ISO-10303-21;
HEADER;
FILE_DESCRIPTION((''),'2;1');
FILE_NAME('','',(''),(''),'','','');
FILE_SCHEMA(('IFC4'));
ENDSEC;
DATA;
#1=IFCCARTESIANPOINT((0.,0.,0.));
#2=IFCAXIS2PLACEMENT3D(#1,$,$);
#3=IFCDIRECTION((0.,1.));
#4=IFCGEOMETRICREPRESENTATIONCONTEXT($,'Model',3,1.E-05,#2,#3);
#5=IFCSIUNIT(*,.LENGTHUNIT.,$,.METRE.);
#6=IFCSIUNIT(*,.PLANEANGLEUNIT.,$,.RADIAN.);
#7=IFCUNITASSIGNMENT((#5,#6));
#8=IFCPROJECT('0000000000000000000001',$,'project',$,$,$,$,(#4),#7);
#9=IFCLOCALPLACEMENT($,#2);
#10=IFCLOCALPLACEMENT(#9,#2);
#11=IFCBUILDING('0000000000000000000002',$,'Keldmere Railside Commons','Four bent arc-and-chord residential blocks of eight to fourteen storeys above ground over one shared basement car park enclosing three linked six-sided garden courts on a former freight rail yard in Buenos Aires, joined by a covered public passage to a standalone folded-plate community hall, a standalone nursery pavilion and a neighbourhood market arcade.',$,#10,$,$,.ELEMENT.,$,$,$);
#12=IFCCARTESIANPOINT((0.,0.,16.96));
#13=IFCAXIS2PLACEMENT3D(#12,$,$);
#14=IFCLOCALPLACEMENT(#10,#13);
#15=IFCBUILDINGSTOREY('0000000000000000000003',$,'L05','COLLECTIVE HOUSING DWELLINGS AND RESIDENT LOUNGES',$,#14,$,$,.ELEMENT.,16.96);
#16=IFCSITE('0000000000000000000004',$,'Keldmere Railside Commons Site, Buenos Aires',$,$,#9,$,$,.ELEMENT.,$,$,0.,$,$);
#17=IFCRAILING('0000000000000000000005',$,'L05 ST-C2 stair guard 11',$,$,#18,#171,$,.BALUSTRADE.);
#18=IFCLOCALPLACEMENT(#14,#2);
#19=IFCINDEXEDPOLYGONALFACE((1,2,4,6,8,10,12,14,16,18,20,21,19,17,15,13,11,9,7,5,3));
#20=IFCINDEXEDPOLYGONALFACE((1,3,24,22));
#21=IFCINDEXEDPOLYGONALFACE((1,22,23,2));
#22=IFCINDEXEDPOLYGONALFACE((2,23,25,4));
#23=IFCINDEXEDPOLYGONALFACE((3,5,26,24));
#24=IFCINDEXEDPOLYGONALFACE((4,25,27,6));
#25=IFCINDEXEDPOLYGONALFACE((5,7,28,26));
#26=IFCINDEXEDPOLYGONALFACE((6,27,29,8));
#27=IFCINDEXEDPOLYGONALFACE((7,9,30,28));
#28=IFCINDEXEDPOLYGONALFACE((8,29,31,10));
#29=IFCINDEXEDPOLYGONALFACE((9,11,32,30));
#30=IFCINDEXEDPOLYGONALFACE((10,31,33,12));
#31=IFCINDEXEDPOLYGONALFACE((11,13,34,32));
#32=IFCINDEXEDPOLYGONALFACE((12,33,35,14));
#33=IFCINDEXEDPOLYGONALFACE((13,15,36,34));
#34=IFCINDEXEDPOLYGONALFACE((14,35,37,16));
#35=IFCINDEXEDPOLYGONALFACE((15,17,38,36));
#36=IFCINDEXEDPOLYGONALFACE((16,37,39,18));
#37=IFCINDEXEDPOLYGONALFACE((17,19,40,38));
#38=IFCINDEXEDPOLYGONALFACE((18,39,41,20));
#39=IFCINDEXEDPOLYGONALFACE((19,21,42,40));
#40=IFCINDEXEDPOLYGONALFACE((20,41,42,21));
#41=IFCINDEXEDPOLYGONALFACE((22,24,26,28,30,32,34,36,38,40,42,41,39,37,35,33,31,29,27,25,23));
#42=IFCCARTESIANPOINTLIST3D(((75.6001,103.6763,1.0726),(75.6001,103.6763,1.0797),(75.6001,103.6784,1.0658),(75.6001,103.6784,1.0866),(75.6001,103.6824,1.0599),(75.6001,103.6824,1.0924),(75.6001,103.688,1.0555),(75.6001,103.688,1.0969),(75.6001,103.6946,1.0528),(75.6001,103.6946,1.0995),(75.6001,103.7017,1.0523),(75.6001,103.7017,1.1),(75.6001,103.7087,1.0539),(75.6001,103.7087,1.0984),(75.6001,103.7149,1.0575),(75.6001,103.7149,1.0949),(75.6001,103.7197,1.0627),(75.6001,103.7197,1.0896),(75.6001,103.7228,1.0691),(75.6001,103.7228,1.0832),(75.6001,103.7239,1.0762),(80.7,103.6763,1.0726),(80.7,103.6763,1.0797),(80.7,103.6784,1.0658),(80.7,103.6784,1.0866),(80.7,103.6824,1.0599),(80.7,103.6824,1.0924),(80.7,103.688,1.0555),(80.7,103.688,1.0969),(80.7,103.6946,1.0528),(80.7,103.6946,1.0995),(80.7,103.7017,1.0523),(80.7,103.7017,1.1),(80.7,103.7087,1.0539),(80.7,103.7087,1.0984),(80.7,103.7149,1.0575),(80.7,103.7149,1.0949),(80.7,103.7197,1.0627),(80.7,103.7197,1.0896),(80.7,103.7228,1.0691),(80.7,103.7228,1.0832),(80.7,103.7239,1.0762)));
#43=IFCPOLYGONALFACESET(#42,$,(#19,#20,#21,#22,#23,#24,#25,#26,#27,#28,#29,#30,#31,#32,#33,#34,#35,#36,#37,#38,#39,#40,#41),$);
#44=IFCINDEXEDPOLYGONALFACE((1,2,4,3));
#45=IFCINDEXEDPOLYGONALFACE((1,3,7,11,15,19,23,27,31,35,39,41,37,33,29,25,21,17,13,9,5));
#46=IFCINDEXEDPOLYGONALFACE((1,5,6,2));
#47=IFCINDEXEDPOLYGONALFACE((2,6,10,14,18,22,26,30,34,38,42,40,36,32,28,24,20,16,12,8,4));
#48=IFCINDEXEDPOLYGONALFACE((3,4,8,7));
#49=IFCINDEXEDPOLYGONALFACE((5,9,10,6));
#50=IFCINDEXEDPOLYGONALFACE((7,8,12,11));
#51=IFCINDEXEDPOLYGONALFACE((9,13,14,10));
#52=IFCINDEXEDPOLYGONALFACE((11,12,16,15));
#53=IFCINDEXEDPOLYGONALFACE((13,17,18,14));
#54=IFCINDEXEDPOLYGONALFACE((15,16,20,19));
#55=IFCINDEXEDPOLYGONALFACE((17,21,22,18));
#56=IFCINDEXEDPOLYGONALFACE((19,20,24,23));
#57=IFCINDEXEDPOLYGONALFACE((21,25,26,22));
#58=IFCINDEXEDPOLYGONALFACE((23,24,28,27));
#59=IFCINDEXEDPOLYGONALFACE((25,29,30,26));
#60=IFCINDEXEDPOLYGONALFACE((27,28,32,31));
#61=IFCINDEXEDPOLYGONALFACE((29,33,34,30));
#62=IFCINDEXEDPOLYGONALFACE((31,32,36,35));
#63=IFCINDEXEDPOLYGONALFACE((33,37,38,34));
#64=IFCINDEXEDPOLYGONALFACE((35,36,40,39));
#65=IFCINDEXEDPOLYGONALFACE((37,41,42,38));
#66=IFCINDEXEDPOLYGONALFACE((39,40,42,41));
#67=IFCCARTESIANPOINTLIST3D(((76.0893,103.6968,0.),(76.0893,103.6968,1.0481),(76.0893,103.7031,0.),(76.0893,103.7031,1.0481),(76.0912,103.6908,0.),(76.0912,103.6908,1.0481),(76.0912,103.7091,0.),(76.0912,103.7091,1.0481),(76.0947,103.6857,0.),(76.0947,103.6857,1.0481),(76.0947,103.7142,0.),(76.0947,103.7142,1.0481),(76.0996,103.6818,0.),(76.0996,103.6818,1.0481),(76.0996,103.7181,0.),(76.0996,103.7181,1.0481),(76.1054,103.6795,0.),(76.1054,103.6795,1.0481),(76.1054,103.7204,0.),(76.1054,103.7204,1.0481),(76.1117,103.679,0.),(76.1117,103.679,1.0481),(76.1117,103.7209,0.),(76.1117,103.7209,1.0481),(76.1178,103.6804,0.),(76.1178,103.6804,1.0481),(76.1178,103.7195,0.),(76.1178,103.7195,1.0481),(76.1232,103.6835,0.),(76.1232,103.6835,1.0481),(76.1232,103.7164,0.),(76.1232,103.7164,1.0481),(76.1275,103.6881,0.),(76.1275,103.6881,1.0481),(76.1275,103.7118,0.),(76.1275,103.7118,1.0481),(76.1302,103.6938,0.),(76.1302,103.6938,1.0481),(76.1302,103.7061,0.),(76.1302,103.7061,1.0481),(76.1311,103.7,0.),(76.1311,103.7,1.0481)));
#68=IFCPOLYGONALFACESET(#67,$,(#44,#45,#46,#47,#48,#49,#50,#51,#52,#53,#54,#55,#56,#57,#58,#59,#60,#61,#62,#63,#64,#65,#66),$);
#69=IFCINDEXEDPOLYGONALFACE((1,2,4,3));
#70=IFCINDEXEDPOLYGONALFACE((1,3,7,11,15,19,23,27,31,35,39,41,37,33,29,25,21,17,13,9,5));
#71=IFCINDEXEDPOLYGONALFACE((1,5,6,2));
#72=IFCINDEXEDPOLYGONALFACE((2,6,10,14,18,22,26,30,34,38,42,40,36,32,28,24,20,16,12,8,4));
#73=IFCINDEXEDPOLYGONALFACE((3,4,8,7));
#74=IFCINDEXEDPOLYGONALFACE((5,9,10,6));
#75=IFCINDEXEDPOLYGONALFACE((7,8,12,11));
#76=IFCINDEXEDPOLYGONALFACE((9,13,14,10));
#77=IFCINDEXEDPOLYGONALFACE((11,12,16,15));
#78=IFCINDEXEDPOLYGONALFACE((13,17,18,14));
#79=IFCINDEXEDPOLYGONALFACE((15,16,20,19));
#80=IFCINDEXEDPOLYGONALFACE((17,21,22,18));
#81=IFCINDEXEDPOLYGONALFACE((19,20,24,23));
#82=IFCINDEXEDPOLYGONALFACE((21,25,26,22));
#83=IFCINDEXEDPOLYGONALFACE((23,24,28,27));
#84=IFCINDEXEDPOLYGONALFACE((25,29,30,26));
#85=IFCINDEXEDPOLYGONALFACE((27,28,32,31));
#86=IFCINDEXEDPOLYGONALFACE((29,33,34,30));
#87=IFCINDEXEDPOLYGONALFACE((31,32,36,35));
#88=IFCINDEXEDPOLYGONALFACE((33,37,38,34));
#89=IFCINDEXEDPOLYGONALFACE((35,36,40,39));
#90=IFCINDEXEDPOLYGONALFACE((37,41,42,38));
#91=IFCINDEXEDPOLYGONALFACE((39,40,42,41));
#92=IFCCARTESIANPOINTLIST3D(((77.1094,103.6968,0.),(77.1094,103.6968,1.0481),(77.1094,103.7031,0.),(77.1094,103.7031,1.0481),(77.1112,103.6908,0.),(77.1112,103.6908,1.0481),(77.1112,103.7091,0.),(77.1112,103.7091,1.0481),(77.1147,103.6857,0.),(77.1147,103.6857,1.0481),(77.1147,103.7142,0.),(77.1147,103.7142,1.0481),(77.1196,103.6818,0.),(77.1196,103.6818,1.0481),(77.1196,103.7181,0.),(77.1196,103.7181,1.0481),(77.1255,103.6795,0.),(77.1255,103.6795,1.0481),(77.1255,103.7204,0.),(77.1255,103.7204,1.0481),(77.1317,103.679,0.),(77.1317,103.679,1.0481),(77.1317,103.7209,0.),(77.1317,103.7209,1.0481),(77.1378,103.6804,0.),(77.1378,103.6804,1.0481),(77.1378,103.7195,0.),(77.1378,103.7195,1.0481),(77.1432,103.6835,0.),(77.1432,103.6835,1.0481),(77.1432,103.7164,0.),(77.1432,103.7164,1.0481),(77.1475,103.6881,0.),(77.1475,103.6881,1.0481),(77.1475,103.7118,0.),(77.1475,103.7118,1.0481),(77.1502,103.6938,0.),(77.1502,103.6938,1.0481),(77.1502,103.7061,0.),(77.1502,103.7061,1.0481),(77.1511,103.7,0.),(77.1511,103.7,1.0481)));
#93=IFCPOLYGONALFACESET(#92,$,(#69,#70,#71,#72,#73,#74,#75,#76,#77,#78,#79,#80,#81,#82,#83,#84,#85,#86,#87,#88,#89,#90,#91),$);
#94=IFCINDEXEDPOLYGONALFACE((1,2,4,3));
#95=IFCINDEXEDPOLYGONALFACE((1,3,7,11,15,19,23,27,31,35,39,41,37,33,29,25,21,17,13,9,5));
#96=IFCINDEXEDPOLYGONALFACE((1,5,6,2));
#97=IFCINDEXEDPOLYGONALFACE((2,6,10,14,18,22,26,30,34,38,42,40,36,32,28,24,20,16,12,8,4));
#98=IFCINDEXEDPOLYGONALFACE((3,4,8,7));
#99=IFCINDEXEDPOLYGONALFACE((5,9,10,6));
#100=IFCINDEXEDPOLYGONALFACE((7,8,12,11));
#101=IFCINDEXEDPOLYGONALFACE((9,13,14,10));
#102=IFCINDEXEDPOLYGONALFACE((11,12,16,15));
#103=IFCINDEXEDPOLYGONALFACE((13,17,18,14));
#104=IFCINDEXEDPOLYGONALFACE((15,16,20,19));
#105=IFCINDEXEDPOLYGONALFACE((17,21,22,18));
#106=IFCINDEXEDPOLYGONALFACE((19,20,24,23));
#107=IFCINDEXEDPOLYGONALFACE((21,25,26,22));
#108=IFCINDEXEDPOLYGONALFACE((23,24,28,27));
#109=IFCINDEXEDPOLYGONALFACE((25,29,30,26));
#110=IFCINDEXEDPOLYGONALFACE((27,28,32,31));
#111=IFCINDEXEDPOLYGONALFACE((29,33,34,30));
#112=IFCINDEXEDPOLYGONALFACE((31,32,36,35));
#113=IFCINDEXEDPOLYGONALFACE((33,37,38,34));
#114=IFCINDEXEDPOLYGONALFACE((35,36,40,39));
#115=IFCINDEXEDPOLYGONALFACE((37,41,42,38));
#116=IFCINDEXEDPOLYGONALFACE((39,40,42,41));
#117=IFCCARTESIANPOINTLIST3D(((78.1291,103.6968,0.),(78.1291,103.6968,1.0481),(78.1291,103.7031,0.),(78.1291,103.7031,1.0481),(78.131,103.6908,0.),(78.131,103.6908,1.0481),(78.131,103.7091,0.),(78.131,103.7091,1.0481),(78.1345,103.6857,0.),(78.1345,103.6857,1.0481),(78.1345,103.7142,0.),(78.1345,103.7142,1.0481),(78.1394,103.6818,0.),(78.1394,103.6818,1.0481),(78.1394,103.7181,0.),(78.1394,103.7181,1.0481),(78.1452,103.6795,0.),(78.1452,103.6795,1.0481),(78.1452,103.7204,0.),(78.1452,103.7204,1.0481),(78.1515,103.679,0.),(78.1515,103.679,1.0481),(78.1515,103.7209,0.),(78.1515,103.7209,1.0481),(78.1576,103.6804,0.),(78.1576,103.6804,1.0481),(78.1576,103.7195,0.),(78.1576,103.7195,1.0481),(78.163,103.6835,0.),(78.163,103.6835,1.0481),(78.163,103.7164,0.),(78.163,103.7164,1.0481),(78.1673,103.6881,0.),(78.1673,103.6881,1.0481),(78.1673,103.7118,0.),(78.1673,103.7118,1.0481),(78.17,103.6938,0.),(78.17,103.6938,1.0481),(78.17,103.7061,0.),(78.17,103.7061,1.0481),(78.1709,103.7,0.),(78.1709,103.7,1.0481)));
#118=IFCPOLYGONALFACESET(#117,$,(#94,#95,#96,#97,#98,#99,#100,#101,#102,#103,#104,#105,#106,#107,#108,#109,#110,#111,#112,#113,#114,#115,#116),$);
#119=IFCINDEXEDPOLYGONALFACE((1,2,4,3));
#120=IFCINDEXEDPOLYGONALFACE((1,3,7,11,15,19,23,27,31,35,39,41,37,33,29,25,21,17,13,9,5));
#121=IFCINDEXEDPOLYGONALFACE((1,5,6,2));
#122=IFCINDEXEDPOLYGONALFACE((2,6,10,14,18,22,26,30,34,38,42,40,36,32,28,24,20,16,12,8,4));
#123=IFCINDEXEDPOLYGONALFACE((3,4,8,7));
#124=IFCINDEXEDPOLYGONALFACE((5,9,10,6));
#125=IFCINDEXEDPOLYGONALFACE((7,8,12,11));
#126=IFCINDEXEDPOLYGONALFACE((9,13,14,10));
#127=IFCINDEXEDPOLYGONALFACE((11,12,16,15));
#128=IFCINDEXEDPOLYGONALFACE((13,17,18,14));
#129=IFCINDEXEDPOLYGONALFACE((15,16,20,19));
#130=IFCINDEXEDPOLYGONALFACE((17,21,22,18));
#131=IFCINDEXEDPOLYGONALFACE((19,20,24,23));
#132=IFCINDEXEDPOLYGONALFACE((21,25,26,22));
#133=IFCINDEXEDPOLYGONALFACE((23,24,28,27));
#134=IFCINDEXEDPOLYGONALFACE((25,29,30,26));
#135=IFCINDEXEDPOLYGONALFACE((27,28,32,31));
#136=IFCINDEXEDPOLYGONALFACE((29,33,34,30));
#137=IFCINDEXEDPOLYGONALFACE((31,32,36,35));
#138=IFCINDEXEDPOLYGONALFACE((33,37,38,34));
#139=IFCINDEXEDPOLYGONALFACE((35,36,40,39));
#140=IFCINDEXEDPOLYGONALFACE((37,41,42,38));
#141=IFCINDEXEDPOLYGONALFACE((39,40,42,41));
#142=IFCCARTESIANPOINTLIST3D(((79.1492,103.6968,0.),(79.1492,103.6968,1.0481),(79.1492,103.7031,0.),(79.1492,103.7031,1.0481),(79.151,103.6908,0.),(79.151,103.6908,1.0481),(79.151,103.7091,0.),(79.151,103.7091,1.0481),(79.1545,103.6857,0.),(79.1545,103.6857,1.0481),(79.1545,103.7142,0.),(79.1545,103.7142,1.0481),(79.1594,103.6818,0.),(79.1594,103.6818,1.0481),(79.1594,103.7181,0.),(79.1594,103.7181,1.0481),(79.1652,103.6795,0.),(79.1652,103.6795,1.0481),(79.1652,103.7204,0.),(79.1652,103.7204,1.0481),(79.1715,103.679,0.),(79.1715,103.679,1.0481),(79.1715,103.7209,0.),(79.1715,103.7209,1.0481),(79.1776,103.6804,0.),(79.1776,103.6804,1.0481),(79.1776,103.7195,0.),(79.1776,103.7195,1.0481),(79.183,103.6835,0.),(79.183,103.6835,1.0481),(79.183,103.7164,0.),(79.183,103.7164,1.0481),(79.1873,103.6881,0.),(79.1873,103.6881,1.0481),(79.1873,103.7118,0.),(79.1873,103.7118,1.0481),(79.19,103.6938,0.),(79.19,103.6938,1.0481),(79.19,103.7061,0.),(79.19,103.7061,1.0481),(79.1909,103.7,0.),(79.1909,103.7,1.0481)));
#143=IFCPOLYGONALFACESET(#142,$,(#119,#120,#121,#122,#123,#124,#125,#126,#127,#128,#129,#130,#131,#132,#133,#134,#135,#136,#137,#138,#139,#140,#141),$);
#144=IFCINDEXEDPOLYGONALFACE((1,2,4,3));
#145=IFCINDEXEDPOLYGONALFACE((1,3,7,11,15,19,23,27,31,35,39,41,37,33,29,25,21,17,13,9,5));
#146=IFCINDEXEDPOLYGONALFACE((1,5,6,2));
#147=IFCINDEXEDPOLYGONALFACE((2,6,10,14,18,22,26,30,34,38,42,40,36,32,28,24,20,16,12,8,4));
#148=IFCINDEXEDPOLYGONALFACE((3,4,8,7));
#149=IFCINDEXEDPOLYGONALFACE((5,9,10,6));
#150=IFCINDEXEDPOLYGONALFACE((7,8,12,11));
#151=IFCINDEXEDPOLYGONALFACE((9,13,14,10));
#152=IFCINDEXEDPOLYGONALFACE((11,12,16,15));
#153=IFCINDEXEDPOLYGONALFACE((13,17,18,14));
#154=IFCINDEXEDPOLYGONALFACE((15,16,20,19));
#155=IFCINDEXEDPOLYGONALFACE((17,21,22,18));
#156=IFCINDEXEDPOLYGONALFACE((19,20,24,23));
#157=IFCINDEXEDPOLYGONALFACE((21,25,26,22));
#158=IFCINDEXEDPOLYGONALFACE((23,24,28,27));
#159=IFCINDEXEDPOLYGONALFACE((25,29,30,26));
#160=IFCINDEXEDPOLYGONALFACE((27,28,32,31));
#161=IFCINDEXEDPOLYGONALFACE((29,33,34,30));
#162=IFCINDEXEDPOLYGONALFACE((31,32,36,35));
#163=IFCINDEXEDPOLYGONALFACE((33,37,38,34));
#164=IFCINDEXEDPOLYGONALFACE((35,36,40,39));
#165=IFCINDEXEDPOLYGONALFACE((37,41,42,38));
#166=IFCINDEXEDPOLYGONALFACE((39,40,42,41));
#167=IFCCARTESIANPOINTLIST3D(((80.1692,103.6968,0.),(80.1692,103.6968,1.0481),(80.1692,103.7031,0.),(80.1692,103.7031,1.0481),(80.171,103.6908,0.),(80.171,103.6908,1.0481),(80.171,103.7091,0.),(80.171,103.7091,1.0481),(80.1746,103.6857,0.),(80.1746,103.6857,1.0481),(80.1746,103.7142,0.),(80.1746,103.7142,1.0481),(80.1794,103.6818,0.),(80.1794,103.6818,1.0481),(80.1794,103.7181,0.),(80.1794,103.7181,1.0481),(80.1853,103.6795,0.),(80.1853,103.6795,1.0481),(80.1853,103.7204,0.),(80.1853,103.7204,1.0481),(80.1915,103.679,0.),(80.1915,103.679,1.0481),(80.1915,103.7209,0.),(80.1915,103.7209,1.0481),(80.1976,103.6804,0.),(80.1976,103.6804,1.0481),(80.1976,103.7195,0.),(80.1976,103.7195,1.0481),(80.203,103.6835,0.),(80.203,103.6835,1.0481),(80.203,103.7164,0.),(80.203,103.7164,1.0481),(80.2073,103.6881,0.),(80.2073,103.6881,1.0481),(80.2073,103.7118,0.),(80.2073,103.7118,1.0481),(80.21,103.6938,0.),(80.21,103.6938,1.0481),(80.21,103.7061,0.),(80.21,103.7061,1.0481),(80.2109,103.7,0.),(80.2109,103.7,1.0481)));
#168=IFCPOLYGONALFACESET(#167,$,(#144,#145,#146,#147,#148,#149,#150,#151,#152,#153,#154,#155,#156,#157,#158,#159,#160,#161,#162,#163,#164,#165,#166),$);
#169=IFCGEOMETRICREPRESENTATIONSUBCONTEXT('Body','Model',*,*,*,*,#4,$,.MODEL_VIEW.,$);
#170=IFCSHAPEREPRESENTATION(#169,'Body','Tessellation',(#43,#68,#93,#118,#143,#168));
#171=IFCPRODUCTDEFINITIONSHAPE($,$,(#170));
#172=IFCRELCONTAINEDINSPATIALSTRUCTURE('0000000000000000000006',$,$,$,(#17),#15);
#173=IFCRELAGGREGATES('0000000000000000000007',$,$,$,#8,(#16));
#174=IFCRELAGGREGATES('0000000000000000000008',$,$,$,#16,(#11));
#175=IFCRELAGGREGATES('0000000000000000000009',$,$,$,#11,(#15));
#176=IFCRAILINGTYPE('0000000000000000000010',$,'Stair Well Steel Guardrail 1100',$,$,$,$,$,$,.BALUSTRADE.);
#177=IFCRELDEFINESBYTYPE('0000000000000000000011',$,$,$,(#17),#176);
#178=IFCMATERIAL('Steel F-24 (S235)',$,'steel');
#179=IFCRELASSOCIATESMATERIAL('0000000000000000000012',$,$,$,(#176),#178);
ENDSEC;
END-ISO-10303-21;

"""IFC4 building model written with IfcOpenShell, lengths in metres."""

from ifc_helpers import new_model, si_unit, direction, frame, origin, origin_2d, place, context, subcontext, project, spatial, circle, extrude, material, type_object, element, save


model = new_model("IFC4")

# Units and contexts
model_context = context("Model", 3, precision=1e-05, world=origin(), true_north=direction((0.0, 1.0)))
body_context = subcontext(model_context, "Body", "Model", "MODEL_VIEW")
ifc_project = project(units=[si_unit("LENGTHUNIT", "METRE"), si_unit("PLANEANGLEUNIT", "RADIAN")], contexts=[model_context])

# Site, building, storey
site_placement = place(None, origin())
site = spatial("IfcSite", under=ifc_project, at=site_placement, Name="Keldmere Railside Commons Site, Buenos Aires", CompositionType="ELEMENT", RefElevation=0.0)
building_placement = place(site_placement, origin())
building = spatial("IfcBuilding", under=site, at=building_placement, Name="Keldmere Railside Commons", Description="Four bent arc-and-chord residential blocks of eight to fourteen storeys above ground over one shared basement car park enclosing three linked six-sided garden courts on a former freight rail yard in Buenos Aires, joined by a covered public passage to a standalone folded-plate community hall, a standalone nursery pavilion and a neighbourhood market arcade.", CompositionType="ELEMENT")
storey_placement = place(building_placement, frame((0.0, 0.0, 16.96)))
storey = spatial("IfcBuildingStorey", under=building, at=storey_placement, Name="L05", Description="COLLECTIVE HOUSING DWELLINGS AND RESIDENT LOUNGES", CompositionType="ELEMENT", Elevation=16.96)

# Shared definitions
ifc_material_1 = material(Name="Steel F-24 (S235)", Category="steel")

# Railing
railing_type_1 = type_object("IfcRailingType", Name="Stair Well Steel Guardrail 1100", PredefinedType="BALUSTRADE", material=ifc_material_1)
railing_1_placement = place(storey_placement, frame((75.6001, 103.7, 0.0)))
element("IfcRailing", 1, at=railing_1_placement, inside=storey, type_object=railing_type_1, Name="L05 ST-C2 stair guard 11", PredefinedType="BALUSTRADE", context=body_context, shape_type="SweptSolid", body=[
    extrude(circle(Radius=0.0239, at=origin_2d()), frame((0.0, 0.0, 1.0762), z_axis=(1.0, 0.0, 0.0), x_axis=(0.0, 1.0, 0.0)), (0.0, 0.0, 1.0), 5.0999),
    extrude(circle(Radius=0.021, at=origin_2d()), frame((0.51, 0.0, 0.0)), (0.0, 0.0, 1.0), 1.0481),
    extrude(circle(Radius=0.021, at=origin_2d()), frame((1.53, 0.0, 0.0)), (0.0, 0.0, 1.0), 1.0481),
    extrude(circle(Radius=0.021, at=origin_2d()), frame((2.5498, 0.0, 0.0)), (0.0, 0.0, 1.0), 1.0481),
    extrude(circle(Radius=0.021, at=origin_2d()), frame((3.5698, 0.0, 0.0)), (0.0, 0.0, 1.0), 1.0481),
    extrude(circle(Radius=0.021, at=origin_2d()), frame((4.5898, 0.0, 0.0)), (0.0, 0.0, 1.0), 1.0481),
])

save(model, "model.ifc")
